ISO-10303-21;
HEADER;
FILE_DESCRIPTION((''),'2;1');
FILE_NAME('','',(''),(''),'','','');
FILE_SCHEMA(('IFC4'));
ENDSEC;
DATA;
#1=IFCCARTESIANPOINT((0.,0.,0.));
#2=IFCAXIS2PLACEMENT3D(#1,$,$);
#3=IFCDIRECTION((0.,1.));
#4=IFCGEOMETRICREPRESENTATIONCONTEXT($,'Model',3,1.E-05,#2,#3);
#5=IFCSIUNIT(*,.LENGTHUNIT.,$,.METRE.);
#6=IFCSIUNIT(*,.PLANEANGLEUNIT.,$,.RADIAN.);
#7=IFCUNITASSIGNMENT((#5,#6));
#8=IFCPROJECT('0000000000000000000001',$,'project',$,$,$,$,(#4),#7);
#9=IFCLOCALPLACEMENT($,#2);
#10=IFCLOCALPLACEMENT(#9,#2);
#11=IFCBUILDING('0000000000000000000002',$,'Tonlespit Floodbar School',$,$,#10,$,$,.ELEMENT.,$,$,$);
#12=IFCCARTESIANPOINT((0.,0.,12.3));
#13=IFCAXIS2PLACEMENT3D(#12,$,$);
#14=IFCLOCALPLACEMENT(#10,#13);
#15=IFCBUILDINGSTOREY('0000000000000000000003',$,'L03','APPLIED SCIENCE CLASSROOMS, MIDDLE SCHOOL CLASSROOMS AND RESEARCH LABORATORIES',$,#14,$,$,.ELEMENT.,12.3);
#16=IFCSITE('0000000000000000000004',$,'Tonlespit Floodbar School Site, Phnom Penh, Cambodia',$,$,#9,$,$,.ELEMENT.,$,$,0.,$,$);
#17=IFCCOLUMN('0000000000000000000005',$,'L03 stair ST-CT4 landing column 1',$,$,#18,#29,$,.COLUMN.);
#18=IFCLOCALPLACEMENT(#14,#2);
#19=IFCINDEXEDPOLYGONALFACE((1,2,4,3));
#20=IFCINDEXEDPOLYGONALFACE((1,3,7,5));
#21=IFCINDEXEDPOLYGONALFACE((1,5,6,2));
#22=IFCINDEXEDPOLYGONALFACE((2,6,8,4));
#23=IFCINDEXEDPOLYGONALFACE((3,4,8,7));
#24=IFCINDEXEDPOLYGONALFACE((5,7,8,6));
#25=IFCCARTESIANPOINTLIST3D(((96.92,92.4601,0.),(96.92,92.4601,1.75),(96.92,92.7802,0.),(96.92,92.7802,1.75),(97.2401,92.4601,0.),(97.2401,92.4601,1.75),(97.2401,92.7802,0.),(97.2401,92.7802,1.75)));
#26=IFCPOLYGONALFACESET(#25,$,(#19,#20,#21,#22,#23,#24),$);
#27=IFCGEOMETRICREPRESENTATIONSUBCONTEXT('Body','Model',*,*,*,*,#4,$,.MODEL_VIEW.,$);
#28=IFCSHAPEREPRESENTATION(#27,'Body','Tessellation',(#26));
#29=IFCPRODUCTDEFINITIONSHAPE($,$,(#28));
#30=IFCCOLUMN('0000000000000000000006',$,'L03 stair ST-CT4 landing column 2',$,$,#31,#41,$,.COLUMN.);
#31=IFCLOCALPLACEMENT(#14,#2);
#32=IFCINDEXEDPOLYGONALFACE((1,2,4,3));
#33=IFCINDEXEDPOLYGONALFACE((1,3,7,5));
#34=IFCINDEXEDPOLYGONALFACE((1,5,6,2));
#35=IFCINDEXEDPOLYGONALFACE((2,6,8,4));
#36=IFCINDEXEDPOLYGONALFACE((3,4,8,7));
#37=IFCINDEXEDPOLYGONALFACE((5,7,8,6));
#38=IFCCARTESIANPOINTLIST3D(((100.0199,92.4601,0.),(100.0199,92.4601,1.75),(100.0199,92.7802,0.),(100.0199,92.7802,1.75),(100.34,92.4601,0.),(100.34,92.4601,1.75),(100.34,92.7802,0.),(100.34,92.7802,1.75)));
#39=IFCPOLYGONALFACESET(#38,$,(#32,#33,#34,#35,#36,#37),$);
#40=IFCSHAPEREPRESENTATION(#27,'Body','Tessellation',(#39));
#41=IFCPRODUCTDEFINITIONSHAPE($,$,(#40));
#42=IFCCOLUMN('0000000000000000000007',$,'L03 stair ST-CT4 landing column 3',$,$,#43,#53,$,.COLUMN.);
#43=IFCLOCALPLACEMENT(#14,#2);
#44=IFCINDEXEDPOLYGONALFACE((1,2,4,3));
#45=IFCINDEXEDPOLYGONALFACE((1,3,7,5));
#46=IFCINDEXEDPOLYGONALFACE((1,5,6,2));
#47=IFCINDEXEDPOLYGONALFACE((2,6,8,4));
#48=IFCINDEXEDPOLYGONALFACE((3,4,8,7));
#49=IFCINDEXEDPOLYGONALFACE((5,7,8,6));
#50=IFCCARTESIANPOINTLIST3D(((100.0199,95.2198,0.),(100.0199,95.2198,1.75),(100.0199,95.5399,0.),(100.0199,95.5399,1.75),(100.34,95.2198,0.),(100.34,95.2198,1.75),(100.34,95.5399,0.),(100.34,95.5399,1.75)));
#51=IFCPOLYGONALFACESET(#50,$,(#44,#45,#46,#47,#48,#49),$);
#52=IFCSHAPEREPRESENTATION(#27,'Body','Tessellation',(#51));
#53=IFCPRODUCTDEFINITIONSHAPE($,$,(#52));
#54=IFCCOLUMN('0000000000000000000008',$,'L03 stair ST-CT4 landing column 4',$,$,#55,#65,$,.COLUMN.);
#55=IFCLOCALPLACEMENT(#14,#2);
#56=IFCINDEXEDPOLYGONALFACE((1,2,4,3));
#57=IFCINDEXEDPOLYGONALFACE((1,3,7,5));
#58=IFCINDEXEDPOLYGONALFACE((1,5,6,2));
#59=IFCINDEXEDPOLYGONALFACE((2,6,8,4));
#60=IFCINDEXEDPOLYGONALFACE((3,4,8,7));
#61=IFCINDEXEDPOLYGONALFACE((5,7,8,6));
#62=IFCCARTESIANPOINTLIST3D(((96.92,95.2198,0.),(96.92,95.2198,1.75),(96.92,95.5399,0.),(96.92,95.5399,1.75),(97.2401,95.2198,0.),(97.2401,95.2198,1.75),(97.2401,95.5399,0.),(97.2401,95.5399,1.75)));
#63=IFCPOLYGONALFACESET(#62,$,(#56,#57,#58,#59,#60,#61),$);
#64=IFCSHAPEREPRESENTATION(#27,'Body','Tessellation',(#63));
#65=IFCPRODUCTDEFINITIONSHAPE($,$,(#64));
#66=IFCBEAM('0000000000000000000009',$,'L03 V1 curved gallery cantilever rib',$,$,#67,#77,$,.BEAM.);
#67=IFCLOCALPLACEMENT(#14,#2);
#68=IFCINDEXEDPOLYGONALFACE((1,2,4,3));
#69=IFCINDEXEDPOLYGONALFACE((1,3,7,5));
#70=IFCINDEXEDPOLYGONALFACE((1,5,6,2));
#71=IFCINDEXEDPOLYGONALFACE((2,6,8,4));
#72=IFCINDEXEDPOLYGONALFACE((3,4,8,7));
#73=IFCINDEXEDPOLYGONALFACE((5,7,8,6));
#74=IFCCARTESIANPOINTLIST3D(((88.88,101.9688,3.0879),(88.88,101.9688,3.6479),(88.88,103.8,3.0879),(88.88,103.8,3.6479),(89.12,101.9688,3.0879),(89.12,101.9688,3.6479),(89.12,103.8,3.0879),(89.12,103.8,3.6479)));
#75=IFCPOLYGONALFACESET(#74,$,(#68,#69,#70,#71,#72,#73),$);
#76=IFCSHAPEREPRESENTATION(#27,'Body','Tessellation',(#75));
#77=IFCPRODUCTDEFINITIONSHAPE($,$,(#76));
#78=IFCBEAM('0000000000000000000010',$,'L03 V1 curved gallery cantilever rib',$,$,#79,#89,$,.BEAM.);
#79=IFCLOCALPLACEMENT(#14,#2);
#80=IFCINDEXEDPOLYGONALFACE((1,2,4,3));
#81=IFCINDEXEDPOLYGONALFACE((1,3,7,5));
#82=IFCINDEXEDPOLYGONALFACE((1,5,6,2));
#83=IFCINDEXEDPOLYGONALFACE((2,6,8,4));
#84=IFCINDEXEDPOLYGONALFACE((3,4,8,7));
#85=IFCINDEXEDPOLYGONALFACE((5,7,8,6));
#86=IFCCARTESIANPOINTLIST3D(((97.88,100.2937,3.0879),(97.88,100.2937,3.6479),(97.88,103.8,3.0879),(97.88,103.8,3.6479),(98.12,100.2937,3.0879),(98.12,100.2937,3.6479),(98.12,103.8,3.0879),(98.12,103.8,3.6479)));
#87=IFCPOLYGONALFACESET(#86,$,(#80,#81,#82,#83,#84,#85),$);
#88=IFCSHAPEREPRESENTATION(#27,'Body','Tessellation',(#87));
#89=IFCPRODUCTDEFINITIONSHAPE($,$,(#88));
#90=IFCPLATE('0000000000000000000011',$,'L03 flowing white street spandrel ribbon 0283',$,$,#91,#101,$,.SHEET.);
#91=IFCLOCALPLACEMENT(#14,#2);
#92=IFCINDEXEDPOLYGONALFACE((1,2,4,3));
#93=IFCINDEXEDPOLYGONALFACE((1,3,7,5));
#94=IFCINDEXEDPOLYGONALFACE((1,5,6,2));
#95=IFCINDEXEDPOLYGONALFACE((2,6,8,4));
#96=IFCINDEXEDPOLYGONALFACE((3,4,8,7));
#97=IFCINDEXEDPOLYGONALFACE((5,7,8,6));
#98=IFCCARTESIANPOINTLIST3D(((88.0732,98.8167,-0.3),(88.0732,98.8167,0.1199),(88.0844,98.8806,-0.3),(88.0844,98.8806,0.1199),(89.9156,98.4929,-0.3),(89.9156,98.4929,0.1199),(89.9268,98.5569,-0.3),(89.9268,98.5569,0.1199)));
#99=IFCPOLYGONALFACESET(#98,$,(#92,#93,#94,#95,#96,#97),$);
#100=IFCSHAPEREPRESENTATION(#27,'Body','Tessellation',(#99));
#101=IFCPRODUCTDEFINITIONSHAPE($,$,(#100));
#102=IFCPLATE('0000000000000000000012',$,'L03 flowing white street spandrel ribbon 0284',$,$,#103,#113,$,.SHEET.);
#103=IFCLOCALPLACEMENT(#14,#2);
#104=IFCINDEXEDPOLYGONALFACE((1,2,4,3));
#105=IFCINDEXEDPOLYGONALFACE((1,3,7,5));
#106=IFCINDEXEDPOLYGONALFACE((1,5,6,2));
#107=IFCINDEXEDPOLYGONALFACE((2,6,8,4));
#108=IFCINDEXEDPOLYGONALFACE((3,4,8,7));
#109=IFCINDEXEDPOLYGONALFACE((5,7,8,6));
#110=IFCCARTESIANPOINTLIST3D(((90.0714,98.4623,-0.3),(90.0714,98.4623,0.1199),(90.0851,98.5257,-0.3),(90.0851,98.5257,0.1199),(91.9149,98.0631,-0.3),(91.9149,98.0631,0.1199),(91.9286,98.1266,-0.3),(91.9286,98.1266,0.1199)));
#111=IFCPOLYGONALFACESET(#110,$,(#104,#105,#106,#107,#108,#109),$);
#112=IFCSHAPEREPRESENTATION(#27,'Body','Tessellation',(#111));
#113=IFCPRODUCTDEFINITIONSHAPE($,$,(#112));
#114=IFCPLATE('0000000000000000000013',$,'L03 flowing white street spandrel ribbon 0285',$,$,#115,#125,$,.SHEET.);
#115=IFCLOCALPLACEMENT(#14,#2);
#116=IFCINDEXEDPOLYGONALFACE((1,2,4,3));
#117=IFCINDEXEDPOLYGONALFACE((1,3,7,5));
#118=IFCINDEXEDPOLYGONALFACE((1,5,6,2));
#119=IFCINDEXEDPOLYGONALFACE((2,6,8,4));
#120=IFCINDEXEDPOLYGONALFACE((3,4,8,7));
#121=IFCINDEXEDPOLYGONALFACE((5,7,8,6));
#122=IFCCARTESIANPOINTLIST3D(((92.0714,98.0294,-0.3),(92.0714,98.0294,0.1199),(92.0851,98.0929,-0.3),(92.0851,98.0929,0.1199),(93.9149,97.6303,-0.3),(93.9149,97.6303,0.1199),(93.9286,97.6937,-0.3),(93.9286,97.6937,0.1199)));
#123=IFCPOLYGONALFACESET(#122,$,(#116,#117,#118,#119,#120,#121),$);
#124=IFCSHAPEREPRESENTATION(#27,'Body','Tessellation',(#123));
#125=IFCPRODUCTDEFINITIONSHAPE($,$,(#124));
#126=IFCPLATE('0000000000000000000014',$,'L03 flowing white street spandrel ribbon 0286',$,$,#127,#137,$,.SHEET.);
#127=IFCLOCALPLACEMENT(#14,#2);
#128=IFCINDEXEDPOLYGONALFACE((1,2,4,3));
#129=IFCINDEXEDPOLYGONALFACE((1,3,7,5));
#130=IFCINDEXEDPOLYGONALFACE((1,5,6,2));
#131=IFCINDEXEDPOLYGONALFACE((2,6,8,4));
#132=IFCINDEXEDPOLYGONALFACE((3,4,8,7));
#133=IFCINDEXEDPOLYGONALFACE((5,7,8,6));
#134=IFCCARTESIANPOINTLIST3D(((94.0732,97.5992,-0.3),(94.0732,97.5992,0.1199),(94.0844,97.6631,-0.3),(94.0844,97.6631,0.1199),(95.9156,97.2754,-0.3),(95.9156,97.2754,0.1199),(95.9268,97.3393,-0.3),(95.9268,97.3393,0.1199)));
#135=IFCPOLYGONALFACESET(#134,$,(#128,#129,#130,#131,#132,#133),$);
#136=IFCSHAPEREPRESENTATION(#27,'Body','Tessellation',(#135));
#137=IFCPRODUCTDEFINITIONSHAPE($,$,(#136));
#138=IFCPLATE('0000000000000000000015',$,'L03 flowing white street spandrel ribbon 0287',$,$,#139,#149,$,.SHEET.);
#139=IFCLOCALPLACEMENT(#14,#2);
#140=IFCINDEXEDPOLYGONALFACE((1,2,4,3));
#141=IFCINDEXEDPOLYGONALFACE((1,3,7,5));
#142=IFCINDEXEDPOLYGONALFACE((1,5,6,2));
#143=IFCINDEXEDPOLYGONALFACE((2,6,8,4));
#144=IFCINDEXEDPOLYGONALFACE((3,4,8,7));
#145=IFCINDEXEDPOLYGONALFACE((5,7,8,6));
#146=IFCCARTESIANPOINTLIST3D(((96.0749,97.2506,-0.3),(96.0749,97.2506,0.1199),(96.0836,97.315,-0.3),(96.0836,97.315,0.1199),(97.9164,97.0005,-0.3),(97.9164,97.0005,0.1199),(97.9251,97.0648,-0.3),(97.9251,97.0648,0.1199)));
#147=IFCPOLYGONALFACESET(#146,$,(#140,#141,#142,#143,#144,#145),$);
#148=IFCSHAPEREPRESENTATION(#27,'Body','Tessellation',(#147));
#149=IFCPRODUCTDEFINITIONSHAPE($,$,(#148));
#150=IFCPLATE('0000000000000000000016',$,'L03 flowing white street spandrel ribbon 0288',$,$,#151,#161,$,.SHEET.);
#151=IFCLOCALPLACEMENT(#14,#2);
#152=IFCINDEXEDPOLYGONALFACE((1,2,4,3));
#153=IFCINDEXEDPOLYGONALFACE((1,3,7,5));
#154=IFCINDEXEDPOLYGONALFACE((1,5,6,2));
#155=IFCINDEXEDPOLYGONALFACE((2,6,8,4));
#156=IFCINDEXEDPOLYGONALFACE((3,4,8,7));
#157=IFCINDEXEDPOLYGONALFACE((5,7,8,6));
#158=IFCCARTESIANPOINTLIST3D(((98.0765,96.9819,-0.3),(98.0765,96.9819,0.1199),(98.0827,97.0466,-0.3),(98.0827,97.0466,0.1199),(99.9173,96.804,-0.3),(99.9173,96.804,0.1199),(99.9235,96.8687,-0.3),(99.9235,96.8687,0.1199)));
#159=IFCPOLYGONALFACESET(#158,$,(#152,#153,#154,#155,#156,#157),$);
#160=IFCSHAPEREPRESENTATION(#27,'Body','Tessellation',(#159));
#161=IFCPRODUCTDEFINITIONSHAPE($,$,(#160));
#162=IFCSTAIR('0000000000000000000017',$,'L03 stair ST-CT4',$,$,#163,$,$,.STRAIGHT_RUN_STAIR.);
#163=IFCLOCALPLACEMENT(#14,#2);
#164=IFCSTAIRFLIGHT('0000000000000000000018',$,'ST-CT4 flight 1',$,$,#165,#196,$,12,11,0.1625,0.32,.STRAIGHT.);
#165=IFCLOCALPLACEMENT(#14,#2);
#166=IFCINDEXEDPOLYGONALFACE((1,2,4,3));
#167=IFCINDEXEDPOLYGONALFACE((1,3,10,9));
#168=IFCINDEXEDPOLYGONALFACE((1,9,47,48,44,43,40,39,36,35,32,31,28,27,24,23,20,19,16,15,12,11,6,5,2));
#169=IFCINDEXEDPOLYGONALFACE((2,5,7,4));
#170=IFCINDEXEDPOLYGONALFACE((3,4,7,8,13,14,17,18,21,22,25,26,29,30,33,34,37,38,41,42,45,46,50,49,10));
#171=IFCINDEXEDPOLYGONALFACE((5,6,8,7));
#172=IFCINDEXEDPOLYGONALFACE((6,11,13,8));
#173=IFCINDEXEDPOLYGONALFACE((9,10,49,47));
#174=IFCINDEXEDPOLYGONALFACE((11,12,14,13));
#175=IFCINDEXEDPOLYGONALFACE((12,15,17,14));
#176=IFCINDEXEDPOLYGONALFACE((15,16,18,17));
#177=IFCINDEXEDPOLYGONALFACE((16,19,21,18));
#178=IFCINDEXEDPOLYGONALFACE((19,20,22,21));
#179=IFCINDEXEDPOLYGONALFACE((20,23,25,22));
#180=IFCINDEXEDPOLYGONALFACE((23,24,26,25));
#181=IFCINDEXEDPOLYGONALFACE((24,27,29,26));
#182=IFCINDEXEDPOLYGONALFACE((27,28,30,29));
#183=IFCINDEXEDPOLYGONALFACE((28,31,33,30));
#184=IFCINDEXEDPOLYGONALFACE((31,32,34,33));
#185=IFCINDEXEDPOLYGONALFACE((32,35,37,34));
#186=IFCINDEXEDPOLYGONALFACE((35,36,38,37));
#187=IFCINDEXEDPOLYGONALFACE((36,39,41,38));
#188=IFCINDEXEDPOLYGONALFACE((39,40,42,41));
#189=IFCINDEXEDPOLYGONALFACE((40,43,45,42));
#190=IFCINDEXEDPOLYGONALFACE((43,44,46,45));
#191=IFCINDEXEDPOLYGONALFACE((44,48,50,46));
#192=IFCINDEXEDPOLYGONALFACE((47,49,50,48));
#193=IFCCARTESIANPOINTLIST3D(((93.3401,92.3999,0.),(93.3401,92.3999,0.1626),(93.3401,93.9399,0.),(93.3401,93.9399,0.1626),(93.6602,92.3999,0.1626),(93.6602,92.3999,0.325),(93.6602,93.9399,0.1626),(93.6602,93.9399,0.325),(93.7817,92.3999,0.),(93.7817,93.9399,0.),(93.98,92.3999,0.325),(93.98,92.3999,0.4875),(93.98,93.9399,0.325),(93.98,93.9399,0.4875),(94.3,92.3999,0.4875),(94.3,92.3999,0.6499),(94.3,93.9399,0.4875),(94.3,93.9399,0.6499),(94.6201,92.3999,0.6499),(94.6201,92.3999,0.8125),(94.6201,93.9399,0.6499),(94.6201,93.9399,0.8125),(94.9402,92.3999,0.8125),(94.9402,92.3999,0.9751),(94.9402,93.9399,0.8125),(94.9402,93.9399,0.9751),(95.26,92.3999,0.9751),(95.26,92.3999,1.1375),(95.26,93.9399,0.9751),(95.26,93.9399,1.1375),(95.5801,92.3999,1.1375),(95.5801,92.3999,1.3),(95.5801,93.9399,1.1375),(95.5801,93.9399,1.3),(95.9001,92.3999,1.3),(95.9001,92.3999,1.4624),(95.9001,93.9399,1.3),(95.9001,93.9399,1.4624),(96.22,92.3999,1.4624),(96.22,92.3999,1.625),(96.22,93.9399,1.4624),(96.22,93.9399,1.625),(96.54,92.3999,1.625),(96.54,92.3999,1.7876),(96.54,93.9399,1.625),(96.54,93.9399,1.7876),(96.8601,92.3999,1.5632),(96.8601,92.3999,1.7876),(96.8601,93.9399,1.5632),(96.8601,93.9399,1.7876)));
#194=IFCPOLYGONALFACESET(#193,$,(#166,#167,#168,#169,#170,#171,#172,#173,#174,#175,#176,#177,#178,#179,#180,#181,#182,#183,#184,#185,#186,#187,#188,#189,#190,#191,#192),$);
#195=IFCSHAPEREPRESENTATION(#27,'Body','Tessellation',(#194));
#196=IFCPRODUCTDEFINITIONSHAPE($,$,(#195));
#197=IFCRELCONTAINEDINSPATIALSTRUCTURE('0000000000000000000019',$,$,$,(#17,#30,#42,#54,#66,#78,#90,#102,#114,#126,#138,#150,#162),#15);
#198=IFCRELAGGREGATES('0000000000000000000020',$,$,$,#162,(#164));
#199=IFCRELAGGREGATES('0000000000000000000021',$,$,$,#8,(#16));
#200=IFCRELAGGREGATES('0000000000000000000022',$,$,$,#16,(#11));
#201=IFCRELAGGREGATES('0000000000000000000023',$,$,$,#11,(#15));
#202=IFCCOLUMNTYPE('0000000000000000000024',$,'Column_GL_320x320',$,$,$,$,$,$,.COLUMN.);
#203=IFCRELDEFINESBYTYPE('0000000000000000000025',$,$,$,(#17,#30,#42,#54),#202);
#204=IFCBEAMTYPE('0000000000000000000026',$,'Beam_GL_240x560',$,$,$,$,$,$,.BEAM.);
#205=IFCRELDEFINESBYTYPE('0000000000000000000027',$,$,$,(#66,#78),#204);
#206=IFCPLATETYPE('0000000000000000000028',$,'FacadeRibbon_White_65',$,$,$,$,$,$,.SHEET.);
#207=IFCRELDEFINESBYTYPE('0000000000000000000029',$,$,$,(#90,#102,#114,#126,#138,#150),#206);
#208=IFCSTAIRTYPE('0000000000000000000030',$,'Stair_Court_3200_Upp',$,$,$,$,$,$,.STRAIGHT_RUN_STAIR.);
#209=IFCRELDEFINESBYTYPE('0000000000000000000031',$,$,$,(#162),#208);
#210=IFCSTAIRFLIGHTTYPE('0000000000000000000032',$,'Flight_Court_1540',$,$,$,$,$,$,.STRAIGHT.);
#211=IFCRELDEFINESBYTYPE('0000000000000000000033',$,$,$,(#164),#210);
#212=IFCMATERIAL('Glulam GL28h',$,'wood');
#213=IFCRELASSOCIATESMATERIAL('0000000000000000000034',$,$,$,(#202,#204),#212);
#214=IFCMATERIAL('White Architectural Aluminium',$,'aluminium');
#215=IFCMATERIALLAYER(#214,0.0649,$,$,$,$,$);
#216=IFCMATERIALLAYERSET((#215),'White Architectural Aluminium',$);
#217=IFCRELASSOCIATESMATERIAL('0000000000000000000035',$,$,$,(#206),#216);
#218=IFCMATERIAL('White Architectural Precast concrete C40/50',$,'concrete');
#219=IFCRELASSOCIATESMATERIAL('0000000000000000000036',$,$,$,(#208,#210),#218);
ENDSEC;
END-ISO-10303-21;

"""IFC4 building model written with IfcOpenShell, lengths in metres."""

from ifc_helpers import new_model, si_unit, direction, frame, origin, origin_2d, place, context, subcontext, project, spatial, polyline, rectangle, outline, extrude, material, layer, layer_set, material_profile, profile_set, type_object, element, aggregate, save


model = new_model("IFC4")

# Units and contexts
model_context = context("Model", 3, precision=1e-05, world=origin(), true_north=direction((0.0, 1.0)))
body_context = subcontext(model_context, "Body", "Model", "MODEL_VIEW")
ifc_project = project(units=[si_unit("LENGTHUNIT", "METRE"), si_unit("PLANEANGLEUNIT", "RADIAN")], contexts=[model_context])

# Site, building, storey
site_placement = place(None, origin())
site = spatial("IfcSite", under=ifc_project, at=site_placement, Name="Tonlespit Floodbar School Site, Phnom Penh, Cambodia", CompositionType="ELEMENT", RefElevation=0.0)
building_placement = place(site_placement, origin())
building = spatial("IfcBuilding", under=site, at=building_placement, Name="Tonlespit Floodbar School", CompositionType="ELEMENT")
storey_placement = place(building_placement, frame((0.0, 0.0, 12.3)))
storey = spatial("IfcBuildingStorey", under=building, at=storey_placement, Name="L03", Description="APPLIED SCIENCE CLASSROOMS, MIDDLE SCHOOL CLASSROOMS AND RESEARCH LABORATORIES", CompositionType="ELEMENT", Elevation=12.3)

# Columns
ifc_material_1 = material(Name="Glulam GL28h", Category="wood")
ifc_material_profile_1 = material_profile(ifc_material_1, rectangle(XDim=0.3201, YDim=0.3201, at=origin_2d()), Name="GL 320x320")
ifc_profile_set_1 = profile_set([ifc_material_profile_1], Name="Glulam GL28h")
column_type = type_object("IfcColumnType", Name="Column_GL_320x320", PredefinedType="COLUMN", material=ifc_profile_set_1)
for number, where, z_axis, x_axis, name in (
    (1, (97.0801, 92.6201, 0.0), (0.0, 0.0, 1.0), (1.0, 0.0, 0.0), "L03 stair ST-CT4 landing column 1"),
    (2, (100.1799, 92.6201, 0.0), (0.0, 0.0, 1.0), (1.0, 0.0, 0.0), "L03 stair ST-CT4 landing column 2"),
    (3, (100.1799, 95.3799, 0.0), (0.0, 0.0, 1.0), (1.0, 0.0, 0.0), "L03 stair ST-CT4 landing column 3"),
    (4, (97.0801, 95.3799, 0.0), (0.0, 0.0, 1.0), (1.0, 0.0, 0.0), "L03 stair ST-CT4 landing column 4"),
):
    element("IfcColumn", number, at=place(storey_placement, frame(where, z_axis=z_axis, x_axis=x_axis)), inside=storey, type_object=column_type, Name=name, PredefinedType="COLUMN", context=body_context, shape_type="SweptSolid", body=[
        extrude(rectangle(XDim=0.3201, YDim=0.3201, at=origin_2d()), origin(), (0.0, 0.0, 1.0), 1.75),
    ])

# Beams
ifc_material_profile_2 = material_profile(ifc_material_1, rectangle(XDim=0.24, YDim=0.5601, at=origin_2d()), Name="GL 240x560")
ifc_profile_set_2 = profile_set([ifc_material_profile_2], Name="Glulam GL28h")
beam_type = type_object("IfcBeamType", Name="Beam_GL_240x560", PredefinedType="BEAM", material=ifc_profile_set_2)
beam_1_placement = place(storey_placement, frame((89.0, 103.8, 3.3679), z_axis=(0.0, -1.0, 0.0), x_axis=(1.0, 0.0, 0.0)))
element("IfcBeam", 5, at=beam_1_placement, inside=storey, type_object=beam_type, Name="L03 V1 curved gallery cantilever rib", PredefinedType="BEAM", context=body_context, shape_type="SweptSolid", body=[
    extrude(rectangle(XDim=0.24, YDim=0.5601, at=origin_2d()), origin(), (0.0, 0.0, 1.0), 1.8313),
])
beam_2_placement = place(storey_placement, frame((98.0, 103.8, 3.3679), z_axis=(0.0, -1.0, 0.0), x_axis=(1.0, 0.0, 0.0)))
element("IfcBeam", 6, at=beam_2_placement, inside=storey, type_object=beam_type, Name="L03 V1 curved gallery cantilever rib", PredefinedType="BEAM", context=body_context, shape_type="SweptSolid", body=[
    extrude(rectangle(XDim=0.24, YDim=0.5601, at=origin_2d()), origin(), (0.0, 0.0, 1.0), 3.5063),
])

# Plates
ifc_material_2 = material(Name="White Architectural Aluminium", Category="aluminium")
ifc_layer = layer(ifc_material_2, 0.0649)
ifc_layer_set = layer_set([ifc_layer], Name="White Architectural Aluminium")
plate_type = type_object("IfcPlateType", Name="FacadeRibbon_White_65", PredefinedType="SHEET", material=ifc_layer_set)
plate_1_placement = place(storey_placement, frame((89.0, 98.6868, -0.3), z_axis=(0.0, 0.0, 1.0), x_axis=(0.984905, -0.173096, 0.0)))
element("IfcPlate", 7, at=plate_1_placement, inside=storey, type_object=plate_type, Name="L03 flowing white street spandrel ribbon 0283", PredefinedType="SHEET", context=body_context, shape_type="SweptSolid", body=[
    extrude(rectangle(XDim=1.8706, YDim=0.0649, at=origin_2d()), origin(), (0.0, 0.0, 1.0), 0.4199),
])
for number, where, z_axis, x_axis, name in (
    (8, (91.0, 98.2944, -0.3), (0.0, 0.0, 1.0), (0.977357, -0.211598, 0.0), "L03 flowing white street spandrel ribbon 0284"),
    (9, (93.0, 97.8616, -0.3), (0.0, 0.0, 1.0), (0.977357, -0.211598, 0.0), "L03 flowing white street spandrel ribbon 0285"),
):
    element("IfcPlate", number, at=place(storey_placement, frame(where, z_axis=z_axis, x_axis=x_axis)), inside=storey, type_object=plate_type, Name=name, PredefinedType="SHEET", context=body_context, shape_type="SweptSolid", body=[
        extrude(rectangle(XDim=1.8862, YDim=0.0649, at=origin_2d()), origin(), (0.0, 0.0, 1.0), 0.4199),
    ])
plate_2_placement = place(storey_placement, frame((95.0, 97.4692, -0.3), z_axis=(0.0, 0.0, 1.0), x_axis=(0.984905, -0.173096, 0.0)))
element("IfcPlate", 10, at=plate_2_placement, inside=storey, type_object=plate_type, Name="L03 flowing white street spandrel ribbon 0286", PredefinedType="SHEET", context=body_context, shape_type="SweptSolid", body=[
    extrude(rectangle(XDim=1.8706, YDim=0.0649, at=origin_2d()), origin(), (0.0, 0.0, 1.0), 0.4199),
])
plate_3_placement = place(storey_placement, frame((97.0, 97.1577, -0.3), z_axis=(0.0, 0.0, 1.0), x_axis=(0.990898, -0.134614, 0.0)))
element("IfcPlate", 11, at=plate_3_placement, inside=storey, type_object=plate_type, Name="L03 flowing white street spandrel ribbon 0287", PredefinedType="SHEET", context=body_context, shape_type="SweptSolid", body=[
    extrude(rectangle(XDim=1.8584, YDim=0.0649, at=origin_2d()), origin(), (0.0, 0.0, 1.0), 0.4199),
])
plate_4_placement = place(storey_placement, frame((99.0, 96.9253, -0.3), z_axis=(0.0, 0.0, 1.0), x_axis=(0.995362, -0.096202, 0.0)))
element("IfcPlate", 12, at=plate_4_placement, inside=storey, type_object=plate_type, Name="L03 flowing white street spandrel ribbon 0288", PredefinedType="SHEET", context=body_context, shape_type="SweptSolid", body=[
    extrude(rectangle(XDim=1.8494, YDim=0.0649, at=origin_2d()), origin(), (0.0, 0.0, 1.0), 0.4199),
])

# Stair, stair flight
ifc_material_3 = material(Name="White Architectural Precast concrete C40/50", Category="concrete")
stair_type = type_object("IfcStairType", Name="Stair_Court_3200_Upp", PredefinedType="STRAIGHT_RUN_STAIR", material=ifc_material_3)
stair_placement = place(storey_placement, origin())
stair = element("IfcStair", 13, at=stair_placement, inside=storey, type_object=stair_type, Name="L03 stair ST-CT4", PredefinedType="STRAIGHT_RUN_STAIR")
stair_flight_type = type_object("IfcStairFlightType", Name="Flight_Court_1540", PredefinedType="STRAIGHT", material=ifc_material_3)
stair_flight_1_placement = place(storey_placement, frame((93.3401, 93.1699, 0.0), z_axis=(0.0, 0.0, 1.0), x_axis=(1.0, 0.0, 0.0)))
stair_flight_1 = element("IfcStairFlight", 14, at=stair_flight_1_placement, type_object=stair_flight_type, Name="ST-CT4 flight 1", NumberOfRisers=12, NumberOfTreads=11, PredefinedType="STRAIGHT", RiserHeight=0.1625, TreadLength=0.32, context=body_context, shape_type="SweptSolid", body=[
    extrude(outline(polyline([(0.0, 0.0), (0.0, 0.1626), (0.3201, 0.1626), (0.3201, 0.325), (0.6399, 0.325), (0.6399, 0.4875), (0.96, 0.4875), (0.96, 0.6499), (1.28, 0.6499), (1.28, 0.8125), (1.6001, 0.8125), (1.6001, 0.9751), (1.9199, 0.9751), (1.9199, 1.1375), (2.24, 1.1375), (2.24, 1.3), (2.5601, 1.3), (2.5601, 1.4624), (2.8799, 1.4624), (2.8799, 1.625), (3.2, 1.625), (3.2, 1.7876), (3.52, 1.7876), (3.52, 1.95), (3.52, 1.5632), (0.4417, 0.0), (0.0, 0.0)])), frame((0.0, 0.77, 0.0), z_axis=(0.0, -1.0, 0.0), x_axis=(1.0, 0.0, 0.0)), (0.0, 0.0, 1.0), 1.54),
])
aggregate(stair, [stair_flight_1])

save(model, "model.ifc")
